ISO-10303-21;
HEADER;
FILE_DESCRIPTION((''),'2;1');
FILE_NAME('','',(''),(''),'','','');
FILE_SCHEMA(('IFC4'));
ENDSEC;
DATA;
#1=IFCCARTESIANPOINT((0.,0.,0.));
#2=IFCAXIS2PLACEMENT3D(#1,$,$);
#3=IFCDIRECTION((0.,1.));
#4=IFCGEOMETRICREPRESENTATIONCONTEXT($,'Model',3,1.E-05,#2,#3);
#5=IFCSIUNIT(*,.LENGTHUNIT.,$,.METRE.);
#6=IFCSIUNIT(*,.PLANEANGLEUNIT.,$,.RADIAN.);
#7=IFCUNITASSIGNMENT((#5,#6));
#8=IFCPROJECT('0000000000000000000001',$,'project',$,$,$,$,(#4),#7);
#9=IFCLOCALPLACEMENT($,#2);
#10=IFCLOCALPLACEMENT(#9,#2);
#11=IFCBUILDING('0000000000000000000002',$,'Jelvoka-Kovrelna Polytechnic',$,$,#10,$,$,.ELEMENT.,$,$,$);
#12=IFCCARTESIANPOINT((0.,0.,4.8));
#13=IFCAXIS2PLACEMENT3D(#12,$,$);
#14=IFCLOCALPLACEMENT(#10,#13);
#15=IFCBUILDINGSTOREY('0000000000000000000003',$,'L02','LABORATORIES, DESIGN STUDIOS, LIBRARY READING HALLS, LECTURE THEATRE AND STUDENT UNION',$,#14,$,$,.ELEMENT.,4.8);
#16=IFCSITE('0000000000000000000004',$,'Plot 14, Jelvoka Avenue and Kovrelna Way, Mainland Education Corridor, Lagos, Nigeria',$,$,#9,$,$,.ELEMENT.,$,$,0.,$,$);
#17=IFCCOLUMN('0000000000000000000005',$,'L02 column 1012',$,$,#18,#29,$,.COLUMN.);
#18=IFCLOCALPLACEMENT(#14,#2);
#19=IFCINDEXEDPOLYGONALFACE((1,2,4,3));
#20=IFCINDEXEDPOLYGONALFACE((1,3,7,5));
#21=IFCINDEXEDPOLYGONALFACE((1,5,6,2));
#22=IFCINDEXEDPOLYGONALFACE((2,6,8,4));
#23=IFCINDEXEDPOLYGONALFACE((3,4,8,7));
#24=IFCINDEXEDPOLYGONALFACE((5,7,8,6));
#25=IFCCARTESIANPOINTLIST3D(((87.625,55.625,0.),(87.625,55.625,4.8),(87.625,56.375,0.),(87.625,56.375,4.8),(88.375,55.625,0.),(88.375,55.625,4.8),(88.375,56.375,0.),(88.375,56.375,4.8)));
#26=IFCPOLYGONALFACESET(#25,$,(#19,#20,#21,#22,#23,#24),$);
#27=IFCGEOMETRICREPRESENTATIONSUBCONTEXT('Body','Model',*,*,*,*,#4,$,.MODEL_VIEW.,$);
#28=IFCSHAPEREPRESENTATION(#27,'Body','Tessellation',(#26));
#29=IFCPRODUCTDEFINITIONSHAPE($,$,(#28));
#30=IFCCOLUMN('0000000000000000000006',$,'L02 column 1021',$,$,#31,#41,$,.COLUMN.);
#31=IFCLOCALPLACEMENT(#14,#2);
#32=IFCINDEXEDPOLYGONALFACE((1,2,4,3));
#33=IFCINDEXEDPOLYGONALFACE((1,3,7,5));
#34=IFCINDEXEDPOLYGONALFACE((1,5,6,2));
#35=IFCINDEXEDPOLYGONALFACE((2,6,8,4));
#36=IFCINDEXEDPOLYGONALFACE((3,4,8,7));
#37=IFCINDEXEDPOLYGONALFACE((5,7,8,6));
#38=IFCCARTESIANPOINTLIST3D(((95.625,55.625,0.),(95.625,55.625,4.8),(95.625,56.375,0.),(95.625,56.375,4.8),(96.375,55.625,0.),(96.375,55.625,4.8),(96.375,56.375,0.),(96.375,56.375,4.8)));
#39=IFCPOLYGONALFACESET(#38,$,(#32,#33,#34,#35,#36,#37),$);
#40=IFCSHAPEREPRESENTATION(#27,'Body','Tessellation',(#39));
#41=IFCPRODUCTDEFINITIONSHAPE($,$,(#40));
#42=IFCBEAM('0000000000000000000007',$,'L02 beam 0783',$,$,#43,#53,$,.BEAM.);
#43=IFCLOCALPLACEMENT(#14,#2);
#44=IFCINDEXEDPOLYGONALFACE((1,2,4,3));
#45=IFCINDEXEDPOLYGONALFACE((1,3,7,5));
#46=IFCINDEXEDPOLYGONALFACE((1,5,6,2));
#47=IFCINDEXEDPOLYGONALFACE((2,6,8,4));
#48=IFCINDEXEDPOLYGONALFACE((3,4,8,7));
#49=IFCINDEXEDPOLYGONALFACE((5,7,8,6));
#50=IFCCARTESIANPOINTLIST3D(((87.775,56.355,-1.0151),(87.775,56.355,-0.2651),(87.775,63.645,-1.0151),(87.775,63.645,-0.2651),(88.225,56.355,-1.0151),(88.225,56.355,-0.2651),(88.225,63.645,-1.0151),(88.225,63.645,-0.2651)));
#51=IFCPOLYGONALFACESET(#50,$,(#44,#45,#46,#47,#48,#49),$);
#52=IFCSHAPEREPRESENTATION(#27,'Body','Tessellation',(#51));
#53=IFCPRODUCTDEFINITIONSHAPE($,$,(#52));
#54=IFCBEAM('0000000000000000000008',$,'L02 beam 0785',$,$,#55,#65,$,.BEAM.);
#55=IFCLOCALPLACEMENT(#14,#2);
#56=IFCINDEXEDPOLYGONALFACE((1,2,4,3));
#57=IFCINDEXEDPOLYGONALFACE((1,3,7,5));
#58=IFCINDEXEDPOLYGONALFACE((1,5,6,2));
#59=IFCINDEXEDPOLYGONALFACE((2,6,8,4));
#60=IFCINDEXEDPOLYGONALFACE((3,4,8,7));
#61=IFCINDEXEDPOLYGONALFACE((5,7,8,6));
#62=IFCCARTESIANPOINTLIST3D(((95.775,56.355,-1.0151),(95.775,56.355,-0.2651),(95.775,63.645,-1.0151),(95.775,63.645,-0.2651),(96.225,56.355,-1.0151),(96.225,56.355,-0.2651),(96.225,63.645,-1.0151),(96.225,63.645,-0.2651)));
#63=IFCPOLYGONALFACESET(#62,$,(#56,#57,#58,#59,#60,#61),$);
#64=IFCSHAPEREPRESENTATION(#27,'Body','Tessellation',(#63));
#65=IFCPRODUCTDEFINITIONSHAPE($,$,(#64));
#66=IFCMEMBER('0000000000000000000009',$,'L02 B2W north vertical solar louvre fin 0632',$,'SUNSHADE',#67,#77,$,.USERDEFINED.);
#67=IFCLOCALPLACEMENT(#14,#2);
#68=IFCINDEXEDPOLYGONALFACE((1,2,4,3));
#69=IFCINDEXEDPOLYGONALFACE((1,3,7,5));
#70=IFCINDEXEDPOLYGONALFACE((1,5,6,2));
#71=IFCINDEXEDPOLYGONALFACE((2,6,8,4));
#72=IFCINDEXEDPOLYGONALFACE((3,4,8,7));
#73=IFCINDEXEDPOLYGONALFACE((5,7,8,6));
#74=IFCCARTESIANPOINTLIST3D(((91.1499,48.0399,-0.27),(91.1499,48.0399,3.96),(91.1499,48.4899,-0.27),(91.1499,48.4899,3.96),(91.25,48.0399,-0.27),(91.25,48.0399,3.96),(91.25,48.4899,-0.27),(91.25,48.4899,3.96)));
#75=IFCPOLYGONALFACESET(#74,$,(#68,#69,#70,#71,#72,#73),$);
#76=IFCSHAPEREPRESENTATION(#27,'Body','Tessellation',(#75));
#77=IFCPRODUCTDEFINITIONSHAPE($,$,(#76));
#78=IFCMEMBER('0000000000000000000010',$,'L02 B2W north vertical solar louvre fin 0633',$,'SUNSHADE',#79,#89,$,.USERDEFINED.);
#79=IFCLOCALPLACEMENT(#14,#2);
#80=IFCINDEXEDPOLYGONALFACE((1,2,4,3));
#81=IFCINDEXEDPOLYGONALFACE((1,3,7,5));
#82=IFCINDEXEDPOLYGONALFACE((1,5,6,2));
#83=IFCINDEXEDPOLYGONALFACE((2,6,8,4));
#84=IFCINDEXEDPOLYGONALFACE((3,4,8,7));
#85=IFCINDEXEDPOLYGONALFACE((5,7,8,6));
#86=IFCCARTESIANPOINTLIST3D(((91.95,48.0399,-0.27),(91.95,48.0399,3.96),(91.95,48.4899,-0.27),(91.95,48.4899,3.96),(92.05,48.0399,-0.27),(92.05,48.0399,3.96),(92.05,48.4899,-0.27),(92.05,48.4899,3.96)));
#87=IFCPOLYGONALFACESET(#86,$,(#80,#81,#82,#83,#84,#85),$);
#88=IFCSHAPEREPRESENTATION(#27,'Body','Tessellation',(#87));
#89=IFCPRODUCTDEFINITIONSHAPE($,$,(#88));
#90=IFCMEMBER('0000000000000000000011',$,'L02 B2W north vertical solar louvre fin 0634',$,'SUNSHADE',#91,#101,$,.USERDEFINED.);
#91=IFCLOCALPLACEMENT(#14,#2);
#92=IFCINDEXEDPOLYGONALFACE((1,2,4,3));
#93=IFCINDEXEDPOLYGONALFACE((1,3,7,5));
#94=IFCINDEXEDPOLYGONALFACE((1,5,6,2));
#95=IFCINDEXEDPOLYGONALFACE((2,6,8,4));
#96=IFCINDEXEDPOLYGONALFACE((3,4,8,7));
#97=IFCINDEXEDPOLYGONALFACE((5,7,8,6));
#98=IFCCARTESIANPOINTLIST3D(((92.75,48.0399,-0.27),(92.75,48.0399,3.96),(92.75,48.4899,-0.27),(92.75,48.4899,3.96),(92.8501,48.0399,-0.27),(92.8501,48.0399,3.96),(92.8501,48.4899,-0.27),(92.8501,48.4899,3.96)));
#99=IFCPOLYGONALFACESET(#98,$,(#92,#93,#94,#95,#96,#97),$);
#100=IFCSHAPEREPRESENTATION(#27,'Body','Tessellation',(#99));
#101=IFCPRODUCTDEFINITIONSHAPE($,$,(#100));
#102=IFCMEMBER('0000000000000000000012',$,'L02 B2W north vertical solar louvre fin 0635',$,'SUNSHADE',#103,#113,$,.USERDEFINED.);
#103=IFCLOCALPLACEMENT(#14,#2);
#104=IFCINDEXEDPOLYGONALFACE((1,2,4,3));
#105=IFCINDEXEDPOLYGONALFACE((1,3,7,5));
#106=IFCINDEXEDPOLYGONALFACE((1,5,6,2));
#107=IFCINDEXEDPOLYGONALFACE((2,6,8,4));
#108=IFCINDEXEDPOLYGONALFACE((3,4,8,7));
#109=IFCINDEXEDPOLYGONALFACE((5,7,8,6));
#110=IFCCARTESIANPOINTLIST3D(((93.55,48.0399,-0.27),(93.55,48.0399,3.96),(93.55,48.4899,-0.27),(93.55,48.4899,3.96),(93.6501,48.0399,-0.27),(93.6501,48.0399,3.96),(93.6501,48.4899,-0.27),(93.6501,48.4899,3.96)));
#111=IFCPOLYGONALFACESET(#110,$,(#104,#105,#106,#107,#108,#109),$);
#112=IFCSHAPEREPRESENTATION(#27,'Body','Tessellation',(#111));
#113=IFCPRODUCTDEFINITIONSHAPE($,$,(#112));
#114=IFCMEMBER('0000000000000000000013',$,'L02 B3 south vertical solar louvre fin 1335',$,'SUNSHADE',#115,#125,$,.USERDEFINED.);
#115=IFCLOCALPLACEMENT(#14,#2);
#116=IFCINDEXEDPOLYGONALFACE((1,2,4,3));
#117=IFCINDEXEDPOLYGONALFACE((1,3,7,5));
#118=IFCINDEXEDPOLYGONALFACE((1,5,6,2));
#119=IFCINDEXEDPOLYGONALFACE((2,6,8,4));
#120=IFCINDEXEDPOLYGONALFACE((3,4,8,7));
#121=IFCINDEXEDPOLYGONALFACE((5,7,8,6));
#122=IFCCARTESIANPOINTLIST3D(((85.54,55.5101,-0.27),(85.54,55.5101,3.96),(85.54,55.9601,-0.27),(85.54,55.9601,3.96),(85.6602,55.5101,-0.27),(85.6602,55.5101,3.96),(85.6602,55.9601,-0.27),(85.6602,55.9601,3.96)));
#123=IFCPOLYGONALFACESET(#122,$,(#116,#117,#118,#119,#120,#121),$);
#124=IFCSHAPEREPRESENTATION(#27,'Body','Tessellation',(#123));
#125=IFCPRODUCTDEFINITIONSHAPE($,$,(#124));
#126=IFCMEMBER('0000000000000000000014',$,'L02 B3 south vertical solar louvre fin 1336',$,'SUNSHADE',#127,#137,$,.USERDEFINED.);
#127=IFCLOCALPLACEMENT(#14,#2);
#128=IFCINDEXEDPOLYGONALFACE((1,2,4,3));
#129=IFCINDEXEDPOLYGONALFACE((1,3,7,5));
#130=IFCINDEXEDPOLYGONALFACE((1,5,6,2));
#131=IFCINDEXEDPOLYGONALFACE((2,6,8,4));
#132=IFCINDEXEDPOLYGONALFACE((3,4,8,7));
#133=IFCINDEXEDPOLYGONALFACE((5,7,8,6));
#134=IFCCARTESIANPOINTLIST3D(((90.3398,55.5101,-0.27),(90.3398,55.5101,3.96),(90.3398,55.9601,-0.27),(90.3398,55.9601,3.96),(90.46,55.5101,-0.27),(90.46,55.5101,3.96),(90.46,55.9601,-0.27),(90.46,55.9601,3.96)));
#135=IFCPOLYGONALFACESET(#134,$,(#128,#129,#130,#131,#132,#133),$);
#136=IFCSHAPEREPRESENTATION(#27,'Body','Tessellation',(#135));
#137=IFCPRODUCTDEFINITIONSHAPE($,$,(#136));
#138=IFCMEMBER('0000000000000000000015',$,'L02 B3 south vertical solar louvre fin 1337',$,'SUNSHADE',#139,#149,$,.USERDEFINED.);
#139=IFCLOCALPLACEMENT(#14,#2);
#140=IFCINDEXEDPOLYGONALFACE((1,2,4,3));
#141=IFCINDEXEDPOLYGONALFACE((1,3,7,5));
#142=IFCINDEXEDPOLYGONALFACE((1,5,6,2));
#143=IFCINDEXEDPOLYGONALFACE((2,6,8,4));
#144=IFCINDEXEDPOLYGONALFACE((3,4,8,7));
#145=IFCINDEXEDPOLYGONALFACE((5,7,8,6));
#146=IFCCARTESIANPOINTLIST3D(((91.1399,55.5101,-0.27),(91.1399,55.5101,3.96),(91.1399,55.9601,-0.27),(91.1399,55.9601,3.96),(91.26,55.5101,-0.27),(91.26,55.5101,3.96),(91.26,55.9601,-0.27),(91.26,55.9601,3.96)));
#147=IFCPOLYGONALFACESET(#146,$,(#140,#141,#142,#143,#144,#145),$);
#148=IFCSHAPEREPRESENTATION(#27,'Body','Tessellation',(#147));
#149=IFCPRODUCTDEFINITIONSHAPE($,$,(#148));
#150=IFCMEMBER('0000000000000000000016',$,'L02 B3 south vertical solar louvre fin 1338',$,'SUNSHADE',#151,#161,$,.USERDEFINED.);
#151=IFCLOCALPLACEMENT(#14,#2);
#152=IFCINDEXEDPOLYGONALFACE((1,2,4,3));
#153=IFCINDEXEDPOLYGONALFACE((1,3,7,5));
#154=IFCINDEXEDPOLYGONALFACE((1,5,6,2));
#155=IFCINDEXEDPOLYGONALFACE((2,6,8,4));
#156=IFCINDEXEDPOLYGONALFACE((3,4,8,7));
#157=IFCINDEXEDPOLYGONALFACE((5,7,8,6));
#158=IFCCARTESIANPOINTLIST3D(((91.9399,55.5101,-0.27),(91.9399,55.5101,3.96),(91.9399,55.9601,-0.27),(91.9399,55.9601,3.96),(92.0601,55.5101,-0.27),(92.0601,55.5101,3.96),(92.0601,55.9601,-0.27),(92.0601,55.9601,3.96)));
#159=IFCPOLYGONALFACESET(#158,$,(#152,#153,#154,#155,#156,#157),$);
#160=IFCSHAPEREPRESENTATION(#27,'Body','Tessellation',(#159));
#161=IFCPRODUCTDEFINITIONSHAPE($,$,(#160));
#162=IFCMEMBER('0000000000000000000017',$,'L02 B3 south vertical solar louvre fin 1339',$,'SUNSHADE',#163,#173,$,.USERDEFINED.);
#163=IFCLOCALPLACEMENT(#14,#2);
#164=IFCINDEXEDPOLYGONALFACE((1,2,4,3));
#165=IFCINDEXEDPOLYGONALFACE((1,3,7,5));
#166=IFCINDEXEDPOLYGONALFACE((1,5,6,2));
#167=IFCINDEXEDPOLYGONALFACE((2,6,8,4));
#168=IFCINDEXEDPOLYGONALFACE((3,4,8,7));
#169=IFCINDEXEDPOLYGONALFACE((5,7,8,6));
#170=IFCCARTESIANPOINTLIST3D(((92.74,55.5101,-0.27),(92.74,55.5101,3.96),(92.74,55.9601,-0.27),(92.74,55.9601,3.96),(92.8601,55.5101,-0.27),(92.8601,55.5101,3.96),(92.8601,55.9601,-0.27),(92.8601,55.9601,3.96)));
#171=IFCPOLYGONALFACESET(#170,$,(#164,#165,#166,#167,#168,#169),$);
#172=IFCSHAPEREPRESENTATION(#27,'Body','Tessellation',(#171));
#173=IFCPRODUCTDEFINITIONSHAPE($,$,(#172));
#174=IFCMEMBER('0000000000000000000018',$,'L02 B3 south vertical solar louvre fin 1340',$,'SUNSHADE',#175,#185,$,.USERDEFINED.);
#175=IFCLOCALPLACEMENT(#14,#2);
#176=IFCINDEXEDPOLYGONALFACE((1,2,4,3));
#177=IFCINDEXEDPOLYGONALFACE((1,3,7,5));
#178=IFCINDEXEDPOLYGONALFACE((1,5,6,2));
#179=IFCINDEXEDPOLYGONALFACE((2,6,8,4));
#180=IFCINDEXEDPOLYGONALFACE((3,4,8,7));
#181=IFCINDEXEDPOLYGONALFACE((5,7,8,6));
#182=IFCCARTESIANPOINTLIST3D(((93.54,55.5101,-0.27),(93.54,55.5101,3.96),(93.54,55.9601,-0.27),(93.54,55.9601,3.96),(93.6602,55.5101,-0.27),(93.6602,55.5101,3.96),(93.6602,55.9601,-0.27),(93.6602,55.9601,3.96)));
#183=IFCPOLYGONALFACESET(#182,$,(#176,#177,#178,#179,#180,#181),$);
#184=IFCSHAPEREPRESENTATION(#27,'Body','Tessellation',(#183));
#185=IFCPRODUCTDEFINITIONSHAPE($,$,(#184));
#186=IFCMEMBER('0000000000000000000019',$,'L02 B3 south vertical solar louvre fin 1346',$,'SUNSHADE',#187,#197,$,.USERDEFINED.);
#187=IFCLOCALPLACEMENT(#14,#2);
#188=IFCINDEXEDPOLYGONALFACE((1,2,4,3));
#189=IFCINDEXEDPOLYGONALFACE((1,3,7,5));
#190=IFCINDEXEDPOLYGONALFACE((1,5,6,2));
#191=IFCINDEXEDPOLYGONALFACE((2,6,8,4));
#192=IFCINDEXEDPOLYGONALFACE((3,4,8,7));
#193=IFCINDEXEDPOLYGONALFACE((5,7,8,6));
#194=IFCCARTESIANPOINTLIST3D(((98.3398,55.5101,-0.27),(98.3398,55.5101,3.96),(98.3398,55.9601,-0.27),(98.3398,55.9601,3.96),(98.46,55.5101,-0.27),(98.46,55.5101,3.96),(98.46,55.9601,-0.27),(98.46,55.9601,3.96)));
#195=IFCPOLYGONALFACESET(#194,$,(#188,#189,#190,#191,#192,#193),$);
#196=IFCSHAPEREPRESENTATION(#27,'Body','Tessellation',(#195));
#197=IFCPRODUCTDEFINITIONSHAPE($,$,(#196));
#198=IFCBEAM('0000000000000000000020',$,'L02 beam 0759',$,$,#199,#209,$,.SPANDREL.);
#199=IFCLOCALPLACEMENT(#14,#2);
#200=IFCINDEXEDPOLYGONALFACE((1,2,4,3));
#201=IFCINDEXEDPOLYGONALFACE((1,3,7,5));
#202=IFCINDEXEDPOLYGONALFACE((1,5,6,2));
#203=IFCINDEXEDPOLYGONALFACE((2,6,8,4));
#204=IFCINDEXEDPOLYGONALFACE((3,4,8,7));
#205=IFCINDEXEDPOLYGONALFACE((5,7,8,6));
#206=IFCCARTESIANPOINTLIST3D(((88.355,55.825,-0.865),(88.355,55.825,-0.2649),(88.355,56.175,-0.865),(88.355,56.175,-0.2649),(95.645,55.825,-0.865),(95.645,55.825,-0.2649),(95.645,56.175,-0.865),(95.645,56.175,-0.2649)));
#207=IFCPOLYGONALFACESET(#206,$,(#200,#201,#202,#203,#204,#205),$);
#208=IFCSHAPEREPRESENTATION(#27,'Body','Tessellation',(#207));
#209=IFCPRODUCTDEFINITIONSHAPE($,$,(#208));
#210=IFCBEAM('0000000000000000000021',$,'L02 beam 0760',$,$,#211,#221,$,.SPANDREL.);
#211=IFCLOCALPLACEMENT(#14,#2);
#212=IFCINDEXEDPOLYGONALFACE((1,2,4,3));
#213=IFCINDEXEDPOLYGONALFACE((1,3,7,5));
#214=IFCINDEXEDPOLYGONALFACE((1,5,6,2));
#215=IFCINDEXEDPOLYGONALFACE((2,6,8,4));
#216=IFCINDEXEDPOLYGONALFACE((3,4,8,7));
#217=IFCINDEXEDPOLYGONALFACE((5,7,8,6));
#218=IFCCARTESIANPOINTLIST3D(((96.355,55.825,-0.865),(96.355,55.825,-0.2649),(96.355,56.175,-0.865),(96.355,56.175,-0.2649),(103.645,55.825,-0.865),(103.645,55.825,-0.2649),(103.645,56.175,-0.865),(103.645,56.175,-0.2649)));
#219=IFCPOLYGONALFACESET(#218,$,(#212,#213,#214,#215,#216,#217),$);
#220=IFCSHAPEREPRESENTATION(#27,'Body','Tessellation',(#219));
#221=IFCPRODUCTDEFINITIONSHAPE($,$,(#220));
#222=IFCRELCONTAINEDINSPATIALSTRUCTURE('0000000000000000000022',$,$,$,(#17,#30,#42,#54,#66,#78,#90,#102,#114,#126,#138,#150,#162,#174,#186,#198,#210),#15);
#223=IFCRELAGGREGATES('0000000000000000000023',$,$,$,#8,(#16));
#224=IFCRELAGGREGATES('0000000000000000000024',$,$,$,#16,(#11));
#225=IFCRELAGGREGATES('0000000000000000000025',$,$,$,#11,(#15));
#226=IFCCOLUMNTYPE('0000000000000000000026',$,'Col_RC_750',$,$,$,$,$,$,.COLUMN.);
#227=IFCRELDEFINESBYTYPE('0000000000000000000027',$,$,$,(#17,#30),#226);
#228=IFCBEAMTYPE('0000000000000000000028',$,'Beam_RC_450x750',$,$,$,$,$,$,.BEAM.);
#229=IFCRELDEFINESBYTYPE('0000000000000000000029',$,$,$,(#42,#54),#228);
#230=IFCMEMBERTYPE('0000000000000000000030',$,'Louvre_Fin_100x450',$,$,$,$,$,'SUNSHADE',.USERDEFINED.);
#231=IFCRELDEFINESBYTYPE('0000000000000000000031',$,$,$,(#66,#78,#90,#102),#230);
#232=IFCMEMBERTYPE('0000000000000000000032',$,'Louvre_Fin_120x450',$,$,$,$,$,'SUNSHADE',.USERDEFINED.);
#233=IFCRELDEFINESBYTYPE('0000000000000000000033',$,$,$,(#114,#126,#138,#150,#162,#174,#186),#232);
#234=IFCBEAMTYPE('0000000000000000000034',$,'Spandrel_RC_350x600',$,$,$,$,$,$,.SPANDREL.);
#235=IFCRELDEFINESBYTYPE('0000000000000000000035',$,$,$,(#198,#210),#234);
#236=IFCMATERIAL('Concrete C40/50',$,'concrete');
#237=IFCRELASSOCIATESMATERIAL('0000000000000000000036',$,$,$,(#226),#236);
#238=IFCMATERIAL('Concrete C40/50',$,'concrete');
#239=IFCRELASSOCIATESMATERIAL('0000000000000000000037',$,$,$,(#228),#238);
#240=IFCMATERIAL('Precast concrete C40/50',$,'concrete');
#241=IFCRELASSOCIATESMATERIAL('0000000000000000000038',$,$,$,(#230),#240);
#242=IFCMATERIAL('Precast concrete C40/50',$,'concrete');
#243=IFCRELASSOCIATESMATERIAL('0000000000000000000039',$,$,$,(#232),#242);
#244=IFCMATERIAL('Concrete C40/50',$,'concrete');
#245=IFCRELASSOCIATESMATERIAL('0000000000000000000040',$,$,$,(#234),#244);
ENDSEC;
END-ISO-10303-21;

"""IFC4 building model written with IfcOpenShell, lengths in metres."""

from ifc_helpers import new_model, si_unit, direction, frame, origin, origin_2d, place, context, subcontext, project, spatial, rectangle, extrude, material, material_profile, profile_set, type_object, element, save


model = new_model("IFC4")

# Units and contexts
model_context = context("Model", 3, precision=1e-05, world=origin(), true_north=direction((0.0, 1.0)))
body_context = subcontext(model_context, "Body", "Model", "MODEL_VIEW")
ifc_project = project(units=[si_unit("LENGTHUNIT", "METRE"), si_unit("PLANEANGLEUNIT", "RADIAN")], contexts=[model_context])

# Site, building, storey
site_placement = place(None, origin())
site = spatial("IfcSite", under=ifc_project, at=site_placement, Name="Plot 14, Jelvoka Avenue and Kovrelna Way, Mainland Education Corridor, Lagos, Nigeria", CompositionType="ELEMENT", RefElevation=0.0)
building_placement = place(site_placement, origin())
building = spatial("IfcBuilding", under=site, at=building_placement, Name="Jelvoka-Kovrelna Polytechnic", CompositionType="ELEMENT")
storey_placement = place(building_placement, frame((0.0, 0.0, 4.8)))
storey = spatial("IfcBuildingStorey", under=building, at=storey_placement, Name="L02", Description="LABORATORIES, DESIGN STUDIOS, LIBRARY READING HALLS, LECTURE THEATRE AND STUDENT UNION", CompositionType="ELEMENT", Elevation=4.8)

# Columns
ifc_material_1 = material(Name="Concrete C40/50", Category="concrete")
ifc_material_profile_1 = material_profile(ifc_material_1, rectangle(XDim=0.75, YDim=0.75, at=origin_2d()), Name="RC 750x750")
ifc_profile_set_1 = profile_set([ifc_material_profile_1], Name="Concrete C40/50")
column_type = type_object("IfcColumnType", Name="Col_RC_750", PredefinedType="COLUMN", material=ifc_profile_set_1)
for number, where, z_axis, x_axis, name in (
    (1, (88.0, 56.0, 0.0), (0.0, 0.0, 1.0), (1.0, 0.0, 0.0), "L02 column 1012"),
    (2, (96.0, 56.0, 0.0), (0.0, 0.0, 1.0), (1.0, 0.0, 0.0), "L02 column 1021"),
):
    element("IfcColumn", number, at=place(storey_placement, frame(where, z_axis=z_axis, x_axis=x_axis)), inside=storey, type_object=column_type, Name=name, PredefinedType="COLUMN", context=body_context, shape_type="SweptSolid", body=[
        extrude(rectangle(XDim=0.75, YDim=0.75, at=origin_2d()), origin(), (0.0, 0.0, 1.0), 4.8),
    ])

# Beams
ifc_material_2 = material(Name="Concrete C40/50", Category="concrete")
ifc_material_profile_2 = material_profile(ifc_material_2, rectangle(XDim=0.45, YDim=0.75, at=origin_2d()), Name="RC 450x750")
ifc_profile_set_2 = profile_set([ifc_material_profile_2], Name="Concrete C40/50")
beam_type_1 = type_object("IfcBeamType", Name="Beam_RC_450x750", PredefinedType="BEAM", material=ifc_profile_set_2)
for number, where, z_axis, x_axis, name in (
    (3, (88.0, 56.355, -0.6401), (0.0, 1.0, 0.0), (-1.0, 0.0, 0.0), "L02 beam 0783"),
    (4, (96.0, 56.355, -0.6401), (0.0, 1.0, 0.0), (-1.0, 0.0, 0.0), "L02 beam 0785"),
):
    element("IfcBeam", number, at=place(storey_placement, frame(where, z_axis=z_axis, x_axis=x_axis)), inside=storey, type_object=beam_type_1, Name=name, PredefinedType="BEAM", context=body_context, shape_type="SweptSolid", body=[
        extrude(rectangle(XDim=0.45, YDim=0.75, at=origin_2d()), origin(), (0.0, 0.0, 1.0), 7.29),
    ])

# Members
ifc_material_3 = material(Name="Precast concrete C40/50", Category="concrete")
ifc_material_profile_3 = material_profile(ifc_material_3, rectangle(XDim=0.1001, YDim=0.45, at=origin_2d()), Name="PC 100x450")
ifc_profile_set_3 = profile_set([ifc_material_profile_3], Name="Precast concrete C40/50")
member_type_1 = type_object("IfcMemberType", Name="Louvre_Fin_100x450", ElementType="SUNSHADE", PredefinedType="USERDEFINED", material=ifc_profile_set_3)
for number, where, z_axis, x_axis, name in (
    (5, (91.2, 48.2649, -0.27), (0.0, 0.0, 1.0), (1.0, 0.0, 0.0), "L02 B2W north vertical solar louvre fin 0632"),
    (6, (92.0, 48.2649, -0.27), (0.0, 0.0, 1.0), (1.0, 0.0, 0.0), "L02 B2W north vertical solar louvre fin 0633"),
    (7, (92.8, 48.2649, -0.27), (0.0, 0.0, 1.0), (1.0, 0.0, 0.0), "L02 B2W north vertical solar louvre fin 0634"),
    (8, (93.6001, 48.2649, -0.27), (0.0, 0.0, 1.0), (1.0, 0.0, 0.0), "L02 B2W north vertical solar louvre fin 0635"),
):
    element("IfcMember", number, at=place(storey_placement, frame(where, z_axis=z_axis, x_axis=x_axis)), inside=storey, type_object=member_type_1, Name=name, ObjectType="SUNSHADE", PredefinedType="USERDEFINED", context=body_context, shape_type="SweptSolid", body=[
        extrude(rectangle(XDim=0.1001, YDim=0.45, at=origin_2d()), origin(), (0.0, 0.0, 1.0), 4.23),
    ])
ifc_material_4 = material(Name="Precast concrete C40/50", Category="concrete")
ifc_material_profile_4 = material_profile(ifc_material_4, rectangle(XDim=0.1201, YDim=0.45, at=origin_2d()), Name="PC 120x450")
ifc_profile_set_4 = profile_set([ifc_material_profile_4], Name="Precast concrete C40/50")
member_type_2 = type_object("IfcMemberType", Name="Louvre_Fin_120x450", ElementType="SUNSHADE", PredefinedType="USERDEFINED", material=ifc_profile_set_4)
for number, where, z_axis, x_axis, name in (
    (9, (85.6001, 55.7351, -0.27), (0.0, 0.0, 1.0), (1.0, 0.0, 0.0), "L02 B3 south vertical solar louvre fin 1335"),
    (10, (90.3999, 55.7351, -0.27), (0.0, 0.0, 1.0), (1.0, 0.0, 0.0), "L02 B3 south vertical solar louvre fin 1336"),
    (11, (91.2, 55.7351, -0.27), (0.0, 0.0, 1.0), (1.0, 0.0, 0.0), "L02 B3 south vertical solar louvre fin 1337"),
    (12, (92.0, 55.7351, -0.27), (0.0, 0.0, 1.0), (1.0, 0.0, 0.0), "L02 B3 south vertical solar louvre fin 1338"),
    (13, (92.8, 55.7351, -0.27), (0.0, 0.0, 1.0), (1.0, 0.0, 0.0), "L02 B3 south vertical solar louvre fin 1339"),
    (14, (93.6001, 55.7351, -0.27), (0.0, 0.0, 1.0), (1.0, 0.0, 0.0), "L02 B3 south vertical solar louvre fin 1340"),
    (15, (98.3999, 55.7351, -0.27), (0.0, 0.0, 1.0), (1.0, 0.0, 0.0), "L02 B3 south vertical solar louvre fin 1346"),
):
    element("IfcMember", number, at=place(storey_placement, frame(where, z_axis=z_axis, x_axis=x_axis)), inside=storey, type_object=member_type_2, Name=name, ObjectType="SUNSHADE", PredefinedType="USERDEFINED", context=body_context, shape_type="SweptSolid", body=[
        extrude(rectangle(XDim=0.1201, YDim=0.45, at=origin_2d()), origin(), (0.0, 0.0, 1.0), 4.23),
    ])

# Beams
ifc_material_5 = material(Name="Concrete C40/50", Category="concrete")
ifc_material_profile_5 = material_profile(ifc_material_5, rectangle(XDim=0.3501, YDim=0.6001, at=origin_2d()), Name="RC 350x600")
ifc_profile_set_5 = profile_set([ifc_material_profile_5], Name="Concrete C40/50")
beam_type_2 = type_object("IfcBeamType", Name="Spandrel_RC_350x600", PredefinedType="SPANDREL", material=ifc_profile_set_5)
for number, where, z_axis, x_axis, name in (
    (16, (88.355, 56.0, -0.5649), (1.0, 0.0, 0.0), (0.0, 1.0, 0.0), "L02 beam 0759"),
    (17, (96.355, 56.0, -0.5649), (1.0, 0.0, 0.0), (0.0, 1.0, 0.0), "L02 beam 0760"),
):
    element("IfcBeam", number, at=place(storey_placement, frame(where, z_axis=z_axis, x_axis=x_axis)), inside=storey, type_object=beam_type_2, Name=name, PredefinedType="SPANDREL", context=body_context, shape_type="SweptSolid", body=[
        extrude(rectangle(XDim=0.3501, YDim=0.6001, at=origin_2d()), origin(), (0.0, 0.0, 1.0), 7.29),
    ])

save(model, "model.ifc")
